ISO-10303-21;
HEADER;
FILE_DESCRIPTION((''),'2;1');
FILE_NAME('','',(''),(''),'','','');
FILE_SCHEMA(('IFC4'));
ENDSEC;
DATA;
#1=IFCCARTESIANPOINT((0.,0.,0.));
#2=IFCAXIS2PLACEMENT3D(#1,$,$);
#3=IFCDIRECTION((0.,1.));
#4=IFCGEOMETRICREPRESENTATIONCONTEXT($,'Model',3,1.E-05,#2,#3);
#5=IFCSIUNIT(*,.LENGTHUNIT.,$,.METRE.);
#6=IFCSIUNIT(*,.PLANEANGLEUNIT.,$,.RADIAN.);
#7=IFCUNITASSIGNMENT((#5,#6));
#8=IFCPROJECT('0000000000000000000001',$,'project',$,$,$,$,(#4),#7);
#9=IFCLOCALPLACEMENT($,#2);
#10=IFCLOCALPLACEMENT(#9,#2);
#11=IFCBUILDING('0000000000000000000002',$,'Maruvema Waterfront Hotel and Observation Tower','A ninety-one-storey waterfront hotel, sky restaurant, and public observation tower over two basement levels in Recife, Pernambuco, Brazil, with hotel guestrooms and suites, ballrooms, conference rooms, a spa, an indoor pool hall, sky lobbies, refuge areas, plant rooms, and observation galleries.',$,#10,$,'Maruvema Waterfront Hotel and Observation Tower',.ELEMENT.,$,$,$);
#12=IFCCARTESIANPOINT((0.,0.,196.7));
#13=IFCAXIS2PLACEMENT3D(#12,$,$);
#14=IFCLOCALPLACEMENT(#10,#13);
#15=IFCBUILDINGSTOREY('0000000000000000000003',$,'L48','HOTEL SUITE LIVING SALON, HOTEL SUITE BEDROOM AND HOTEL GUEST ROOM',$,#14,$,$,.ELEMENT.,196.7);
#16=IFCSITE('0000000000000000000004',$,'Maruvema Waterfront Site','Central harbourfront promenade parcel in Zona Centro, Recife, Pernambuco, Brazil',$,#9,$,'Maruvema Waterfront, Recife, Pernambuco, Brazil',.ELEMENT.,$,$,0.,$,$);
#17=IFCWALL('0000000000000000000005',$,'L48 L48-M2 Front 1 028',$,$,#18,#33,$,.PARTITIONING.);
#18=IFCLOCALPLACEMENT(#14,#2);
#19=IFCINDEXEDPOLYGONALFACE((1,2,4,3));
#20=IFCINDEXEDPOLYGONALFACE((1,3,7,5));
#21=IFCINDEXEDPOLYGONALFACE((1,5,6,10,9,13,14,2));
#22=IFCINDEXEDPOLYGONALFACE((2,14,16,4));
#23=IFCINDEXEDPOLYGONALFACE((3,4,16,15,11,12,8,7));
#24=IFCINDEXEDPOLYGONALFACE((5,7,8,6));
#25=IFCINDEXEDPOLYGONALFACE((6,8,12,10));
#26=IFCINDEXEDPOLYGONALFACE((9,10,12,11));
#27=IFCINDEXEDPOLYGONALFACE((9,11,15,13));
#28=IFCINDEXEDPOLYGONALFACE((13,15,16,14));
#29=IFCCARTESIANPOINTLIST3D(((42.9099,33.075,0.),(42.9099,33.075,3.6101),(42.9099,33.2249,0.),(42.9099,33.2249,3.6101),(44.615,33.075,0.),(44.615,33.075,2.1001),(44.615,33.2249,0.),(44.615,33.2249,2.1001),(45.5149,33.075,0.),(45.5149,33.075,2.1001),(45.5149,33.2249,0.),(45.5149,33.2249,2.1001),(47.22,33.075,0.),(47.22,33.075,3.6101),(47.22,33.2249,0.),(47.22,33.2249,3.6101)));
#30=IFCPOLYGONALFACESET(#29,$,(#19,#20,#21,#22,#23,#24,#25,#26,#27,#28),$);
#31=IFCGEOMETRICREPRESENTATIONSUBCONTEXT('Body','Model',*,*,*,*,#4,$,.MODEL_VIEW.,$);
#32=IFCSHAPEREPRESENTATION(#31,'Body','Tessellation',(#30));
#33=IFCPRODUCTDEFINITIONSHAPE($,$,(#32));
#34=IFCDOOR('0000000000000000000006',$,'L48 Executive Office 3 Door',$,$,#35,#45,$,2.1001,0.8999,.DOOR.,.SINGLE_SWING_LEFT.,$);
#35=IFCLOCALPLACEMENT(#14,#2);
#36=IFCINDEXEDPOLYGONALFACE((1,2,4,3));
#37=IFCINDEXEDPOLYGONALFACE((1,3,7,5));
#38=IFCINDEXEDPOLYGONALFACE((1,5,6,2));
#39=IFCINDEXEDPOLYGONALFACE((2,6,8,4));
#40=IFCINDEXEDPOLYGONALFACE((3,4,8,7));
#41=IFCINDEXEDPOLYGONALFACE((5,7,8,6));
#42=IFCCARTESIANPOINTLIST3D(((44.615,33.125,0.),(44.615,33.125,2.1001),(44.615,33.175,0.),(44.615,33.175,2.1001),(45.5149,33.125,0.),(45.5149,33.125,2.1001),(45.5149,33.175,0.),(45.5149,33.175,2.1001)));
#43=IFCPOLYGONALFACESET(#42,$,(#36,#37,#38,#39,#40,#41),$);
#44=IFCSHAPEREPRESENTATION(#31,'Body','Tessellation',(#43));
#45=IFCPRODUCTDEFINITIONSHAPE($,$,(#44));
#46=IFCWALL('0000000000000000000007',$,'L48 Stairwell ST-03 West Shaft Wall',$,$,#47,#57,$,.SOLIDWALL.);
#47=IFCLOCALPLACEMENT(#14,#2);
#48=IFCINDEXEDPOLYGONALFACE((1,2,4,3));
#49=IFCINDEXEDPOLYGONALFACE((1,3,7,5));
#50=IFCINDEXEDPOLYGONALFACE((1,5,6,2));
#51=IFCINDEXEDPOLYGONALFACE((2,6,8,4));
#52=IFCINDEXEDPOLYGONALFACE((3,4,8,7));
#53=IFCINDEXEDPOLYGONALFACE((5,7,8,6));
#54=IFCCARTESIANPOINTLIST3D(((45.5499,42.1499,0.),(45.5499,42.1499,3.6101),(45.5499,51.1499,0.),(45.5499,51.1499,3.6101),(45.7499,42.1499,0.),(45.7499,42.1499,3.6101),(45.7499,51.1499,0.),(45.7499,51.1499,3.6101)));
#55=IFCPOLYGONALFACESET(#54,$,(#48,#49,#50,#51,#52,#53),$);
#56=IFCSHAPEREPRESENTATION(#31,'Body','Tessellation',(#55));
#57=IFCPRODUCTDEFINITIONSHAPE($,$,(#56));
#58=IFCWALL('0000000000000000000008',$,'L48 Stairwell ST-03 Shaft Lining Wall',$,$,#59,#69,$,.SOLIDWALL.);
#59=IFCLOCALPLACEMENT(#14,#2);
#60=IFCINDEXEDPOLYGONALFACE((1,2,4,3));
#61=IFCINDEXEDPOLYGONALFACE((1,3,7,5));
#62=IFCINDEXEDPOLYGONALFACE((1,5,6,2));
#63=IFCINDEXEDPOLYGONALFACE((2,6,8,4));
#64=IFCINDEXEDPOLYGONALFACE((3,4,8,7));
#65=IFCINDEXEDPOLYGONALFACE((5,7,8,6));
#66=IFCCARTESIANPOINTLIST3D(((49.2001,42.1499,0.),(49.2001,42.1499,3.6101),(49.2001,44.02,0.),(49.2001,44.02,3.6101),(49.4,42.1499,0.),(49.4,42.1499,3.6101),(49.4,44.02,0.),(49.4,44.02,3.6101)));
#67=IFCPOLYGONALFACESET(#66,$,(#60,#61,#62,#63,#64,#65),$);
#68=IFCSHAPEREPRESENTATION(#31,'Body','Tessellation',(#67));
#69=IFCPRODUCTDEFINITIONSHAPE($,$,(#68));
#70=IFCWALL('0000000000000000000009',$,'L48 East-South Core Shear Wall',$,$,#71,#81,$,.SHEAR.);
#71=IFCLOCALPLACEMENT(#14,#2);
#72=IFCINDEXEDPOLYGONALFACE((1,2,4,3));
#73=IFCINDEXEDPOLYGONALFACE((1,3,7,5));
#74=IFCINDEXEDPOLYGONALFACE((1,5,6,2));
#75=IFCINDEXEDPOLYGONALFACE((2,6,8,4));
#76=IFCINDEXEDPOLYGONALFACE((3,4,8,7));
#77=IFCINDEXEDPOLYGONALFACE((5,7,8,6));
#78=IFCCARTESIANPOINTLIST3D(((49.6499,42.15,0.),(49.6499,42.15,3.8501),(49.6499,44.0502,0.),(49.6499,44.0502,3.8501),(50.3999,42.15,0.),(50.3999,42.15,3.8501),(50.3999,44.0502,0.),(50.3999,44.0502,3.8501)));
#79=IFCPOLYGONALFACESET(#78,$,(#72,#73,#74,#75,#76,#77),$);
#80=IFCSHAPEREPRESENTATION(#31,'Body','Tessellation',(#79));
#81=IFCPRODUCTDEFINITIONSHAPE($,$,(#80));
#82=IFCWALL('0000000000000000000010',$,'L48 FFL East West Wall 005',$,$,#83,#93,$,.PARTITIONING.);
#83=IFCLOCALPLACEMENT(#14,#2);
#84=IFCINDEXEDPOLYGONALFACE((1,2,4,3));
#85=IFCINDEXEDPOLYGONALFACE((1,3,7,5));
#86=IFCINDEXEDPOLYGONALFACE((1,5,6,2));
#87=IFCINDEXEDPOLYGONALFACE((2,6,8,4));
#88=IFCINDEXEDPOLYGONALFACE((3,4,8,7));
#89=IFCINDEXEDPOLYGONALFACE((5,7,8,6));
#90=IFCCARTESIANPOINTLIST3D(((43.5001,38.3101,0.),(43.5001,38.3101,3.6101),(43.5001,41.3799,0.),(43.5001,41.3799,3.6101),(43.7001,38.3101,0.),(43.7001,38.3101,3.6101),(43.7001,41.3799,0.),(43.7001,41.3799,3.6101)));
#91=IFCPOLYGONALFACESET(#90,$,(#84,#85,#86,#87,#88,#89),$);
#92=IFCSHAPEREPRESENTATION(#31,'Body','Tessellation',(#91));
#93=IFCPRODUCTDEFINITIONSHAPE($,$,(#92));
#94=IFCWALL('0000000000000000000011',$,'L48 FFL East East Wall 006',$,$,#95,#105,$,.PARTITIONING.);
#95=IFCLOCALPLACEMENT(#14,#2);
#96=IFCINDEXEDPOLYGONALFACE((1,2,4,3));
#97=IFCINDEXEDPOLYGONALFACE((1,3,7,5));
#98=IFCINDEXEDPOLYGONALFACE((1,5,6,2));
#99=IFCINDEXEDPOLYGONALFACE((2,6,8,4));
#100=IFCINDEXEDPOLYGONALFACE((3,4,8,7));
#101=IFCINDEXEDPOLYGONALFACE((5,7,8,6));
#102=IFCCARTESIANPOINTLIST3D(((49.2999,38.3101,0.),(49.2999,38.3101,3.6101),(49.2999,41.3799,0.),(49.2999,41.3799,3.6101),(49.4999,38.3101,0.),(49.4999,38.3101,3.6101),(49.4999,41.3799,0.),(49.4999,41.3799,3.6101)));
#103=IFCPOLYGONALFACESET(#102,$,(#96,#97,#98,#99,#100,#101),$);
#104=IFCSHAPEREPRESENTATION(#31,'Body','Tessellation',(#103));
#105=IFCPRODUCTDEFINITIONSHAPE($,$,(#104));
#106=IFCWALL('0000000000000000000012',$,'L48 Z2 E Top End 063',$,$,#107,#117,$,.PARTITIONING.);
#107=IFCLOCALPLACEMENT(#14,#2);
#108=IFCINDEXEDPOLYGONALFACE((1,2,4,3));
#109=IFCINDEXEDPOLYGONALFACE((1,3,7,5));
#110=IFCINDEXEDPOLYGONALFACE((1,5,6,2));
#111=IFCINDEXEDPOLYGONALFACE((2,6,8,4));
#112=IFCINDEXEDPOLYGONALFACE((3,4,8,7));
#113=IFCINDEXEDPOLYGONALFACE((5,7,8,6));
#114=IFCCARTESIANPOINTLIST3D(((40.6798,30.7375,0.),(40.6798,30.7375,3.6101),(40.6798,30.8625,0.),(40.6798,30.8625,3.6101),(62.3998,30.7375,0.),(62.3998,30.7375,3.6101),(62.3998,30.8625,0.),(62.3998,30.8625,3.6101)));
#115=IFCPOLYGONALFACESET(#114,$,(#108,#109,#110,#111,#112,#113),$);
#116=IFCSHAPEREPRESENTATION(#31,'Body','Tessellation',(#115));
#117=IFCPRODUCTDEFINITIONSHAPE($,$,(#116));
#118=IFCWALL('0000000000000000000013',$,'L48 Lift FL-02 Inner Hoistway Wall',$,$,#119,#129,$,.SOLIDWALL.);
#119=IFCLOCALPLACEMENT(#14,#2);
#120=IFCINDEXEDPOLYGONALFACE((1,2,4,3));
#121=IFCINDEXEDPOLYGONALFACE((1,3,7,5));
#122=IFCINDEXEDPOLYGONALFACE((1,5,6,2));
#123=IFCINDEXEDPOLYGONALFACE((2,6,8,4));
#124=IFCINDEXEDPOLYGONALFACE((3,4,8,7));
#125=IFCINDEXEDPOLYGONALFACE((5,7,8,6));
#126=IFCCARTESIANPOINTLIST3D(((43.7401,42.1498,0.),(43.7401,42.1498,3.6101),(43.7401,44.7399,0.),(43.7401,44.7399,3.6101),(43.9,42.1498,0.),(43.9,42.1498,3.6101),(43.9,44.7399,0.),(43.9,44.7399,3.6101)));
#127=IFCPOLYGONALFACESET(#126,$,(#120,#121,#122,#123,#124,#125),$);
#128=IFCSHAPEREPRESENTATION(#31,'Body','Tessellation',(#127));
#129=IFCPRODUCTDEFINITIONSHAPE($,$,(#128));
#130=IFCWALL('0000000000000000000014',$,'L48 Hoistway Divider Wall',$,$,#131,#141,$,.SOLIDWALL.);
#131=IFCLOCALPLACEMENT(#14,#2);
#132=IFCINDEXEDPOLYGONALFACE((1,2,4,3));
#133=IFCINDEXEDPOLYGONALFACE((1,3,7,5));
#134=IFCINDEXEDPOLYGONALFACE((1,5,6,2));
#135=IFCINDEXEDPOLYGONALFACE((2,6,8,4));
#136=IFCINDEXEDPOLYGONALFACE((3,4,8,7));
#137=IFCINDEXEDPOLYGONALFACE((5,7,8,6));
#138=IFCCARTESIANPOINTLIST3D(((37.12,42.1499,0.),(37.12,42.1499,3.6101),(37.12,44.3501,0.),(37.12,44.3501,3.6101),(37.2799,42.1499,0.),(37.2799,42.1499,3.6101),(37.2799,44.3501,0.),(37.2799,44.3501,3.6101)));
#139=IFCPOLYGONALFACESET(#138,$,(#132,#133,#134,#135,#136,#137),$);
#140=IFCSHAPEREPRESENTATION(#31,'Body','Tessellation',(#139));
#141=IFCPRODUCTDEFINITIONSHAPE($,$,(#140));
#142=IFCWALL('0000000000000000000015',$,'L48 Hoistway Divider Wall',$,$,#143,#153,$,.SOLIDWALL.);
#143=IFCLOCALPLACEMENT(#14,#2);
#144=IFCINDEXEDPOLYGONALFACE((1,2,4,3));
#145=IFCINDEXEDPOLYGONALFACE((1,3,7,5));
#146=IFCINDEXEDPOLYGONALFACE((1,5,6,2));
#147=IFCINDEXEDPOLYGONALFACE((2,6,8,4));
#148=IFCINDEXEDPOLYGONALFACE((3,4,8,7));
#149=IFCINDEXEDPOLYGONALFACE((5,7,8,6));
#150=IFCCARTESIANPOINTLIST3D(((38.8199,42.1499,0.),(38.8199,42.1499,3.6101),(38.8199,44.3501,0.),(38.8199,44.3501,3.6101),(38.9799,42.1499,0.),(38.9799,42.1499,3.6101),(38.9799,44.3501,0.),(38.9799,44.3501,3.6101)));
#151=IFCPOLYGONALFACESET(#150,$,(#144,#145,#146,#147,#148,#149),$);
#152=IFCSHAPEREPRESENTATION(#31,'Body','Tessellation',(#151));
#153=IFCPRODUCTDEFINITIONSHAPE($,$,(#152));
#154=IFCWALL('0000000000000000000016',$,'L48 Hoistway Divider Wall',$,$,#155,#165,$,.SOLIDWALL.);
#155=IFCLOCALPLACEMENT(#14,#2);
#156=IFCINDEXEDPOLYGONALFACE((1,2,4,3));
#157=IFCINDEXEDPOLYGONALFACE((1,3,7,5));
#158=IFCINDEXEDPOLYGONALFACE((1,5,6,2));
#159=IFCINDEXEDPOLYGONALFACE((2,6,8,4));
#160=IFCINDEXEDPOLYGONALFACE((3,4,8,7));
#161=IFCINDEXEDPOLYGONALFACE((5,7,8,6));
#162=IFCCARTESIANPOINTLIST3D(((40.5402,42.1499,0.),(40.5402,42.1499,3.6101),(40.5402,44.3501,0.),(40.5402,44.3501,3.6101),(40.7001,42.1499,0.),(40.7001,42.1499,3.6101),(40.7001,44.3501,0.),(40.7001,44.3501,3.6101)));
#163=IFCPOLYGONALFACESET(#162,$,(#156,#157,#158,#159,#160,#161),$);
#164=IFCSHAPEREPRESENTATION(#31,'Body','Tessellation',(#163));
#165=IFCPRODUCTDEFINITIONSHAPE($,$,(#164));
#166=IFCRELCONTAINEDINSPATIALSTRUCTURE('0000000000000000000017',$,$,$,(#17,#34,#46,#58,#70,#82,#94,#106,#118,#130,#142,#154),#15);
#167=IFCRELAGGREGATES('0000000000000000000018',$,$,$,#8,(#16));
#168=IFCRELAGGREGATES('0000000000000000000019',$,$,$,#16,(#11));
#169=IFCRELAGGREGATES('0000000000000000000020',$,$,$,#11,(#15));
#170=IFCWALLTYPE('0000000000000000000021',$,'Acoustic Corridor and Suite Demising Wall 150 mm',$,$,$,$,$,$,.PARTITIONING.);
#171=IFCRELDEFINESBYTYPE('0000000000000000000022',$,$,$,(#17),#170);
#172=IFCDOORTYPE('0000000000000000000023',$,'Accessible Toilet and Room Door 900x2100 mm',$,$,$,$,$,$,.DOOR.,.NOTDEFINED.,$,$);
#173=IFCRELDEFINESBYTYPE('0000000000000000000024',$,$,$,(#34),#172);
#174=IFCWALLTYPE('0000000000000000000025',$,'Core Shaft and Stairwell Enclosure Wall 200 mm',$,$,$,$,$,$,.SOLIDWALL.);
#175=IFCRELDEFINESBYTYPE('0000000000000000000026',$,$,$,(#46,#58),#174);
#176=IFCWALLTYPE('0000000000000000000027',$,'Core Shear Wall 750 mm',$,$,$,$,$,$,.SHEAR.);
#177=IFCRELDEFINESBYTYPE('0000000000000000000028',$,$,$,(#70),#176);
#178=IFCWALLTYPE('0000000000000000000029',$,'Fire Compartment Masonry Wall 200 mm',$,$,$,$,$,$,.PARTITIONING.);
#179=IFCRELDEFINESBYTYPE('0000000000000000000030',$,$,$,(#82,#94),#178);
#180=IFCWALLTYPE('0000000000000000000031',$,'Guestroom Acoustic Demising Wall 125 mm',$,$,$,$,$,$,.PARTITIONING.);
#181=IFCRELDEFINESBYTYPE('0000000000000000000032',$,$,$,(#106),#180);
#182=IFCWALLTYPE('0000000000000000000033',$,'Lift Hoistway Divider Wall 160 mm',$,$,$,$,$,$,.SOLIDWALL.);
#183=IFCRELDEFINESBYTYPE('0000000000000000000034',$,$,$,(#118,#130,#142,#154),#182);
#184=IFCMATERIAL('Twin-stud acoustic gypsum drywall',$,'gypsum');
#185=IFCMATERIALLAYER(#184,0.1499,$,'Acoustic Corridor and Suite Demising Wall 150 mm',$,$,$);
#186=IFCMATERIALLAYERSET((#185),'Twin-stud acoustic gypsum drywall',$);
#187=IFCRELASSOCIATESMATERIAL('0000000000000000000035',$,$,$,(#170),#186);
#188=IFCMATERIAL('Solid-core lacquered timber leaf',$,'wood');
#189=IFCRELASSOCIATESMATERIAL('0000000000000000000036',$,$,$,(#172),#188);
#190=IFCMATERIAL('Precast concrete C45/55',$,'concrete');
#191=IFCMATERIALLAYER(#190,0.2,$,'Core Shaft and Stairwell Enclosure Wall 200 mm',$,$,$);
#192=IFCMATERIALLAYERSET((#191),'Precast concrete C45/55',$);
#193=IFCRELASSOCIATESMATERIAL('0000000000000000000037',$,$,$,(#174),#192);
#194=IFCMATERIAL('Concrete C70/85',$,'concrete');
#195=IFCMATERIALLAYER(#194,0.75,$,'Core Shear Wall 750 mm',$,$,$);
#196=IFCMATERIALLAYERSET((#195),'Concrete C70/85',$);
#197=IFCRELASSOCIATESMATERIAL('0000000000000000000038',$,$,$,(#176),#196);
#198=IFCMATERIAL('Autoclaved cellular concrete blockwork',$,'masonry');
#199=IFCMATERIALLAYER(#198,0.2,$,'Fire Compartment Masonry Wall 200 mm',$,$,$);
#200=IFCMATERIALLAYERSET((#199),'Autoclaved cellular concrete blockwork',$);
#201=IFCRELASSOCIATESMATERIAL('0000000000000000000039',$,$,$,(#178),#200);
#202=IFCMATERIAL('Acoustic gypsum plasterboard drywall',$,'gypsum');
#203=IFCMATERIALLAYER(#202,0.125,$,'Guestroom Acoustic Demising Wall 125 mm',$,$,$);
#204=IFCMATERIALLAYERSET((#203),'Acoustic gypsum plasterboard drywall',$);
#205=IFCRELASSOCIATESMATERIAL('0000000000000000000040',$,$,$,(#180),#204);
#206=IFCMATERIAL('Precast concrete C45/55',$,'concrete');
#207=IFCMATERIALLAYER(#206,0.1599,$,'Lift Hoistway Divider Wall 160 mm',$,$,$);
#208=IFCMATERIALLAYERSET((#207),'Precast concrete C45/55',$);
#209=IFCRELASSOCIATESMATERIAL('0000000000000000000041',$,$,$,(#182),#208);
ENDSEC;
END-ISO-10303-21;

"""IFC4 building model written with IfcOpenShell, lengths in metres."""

from ifc_helpers import new_model, si_unit, direction, frame, frame_2d, origin, place, context, subcontext, project, spatial, rectangle, extrude, material, layer, layer_set, type_object, element, fill, save


model = new_model("IFC4")

# Units and contexts
model_context = context("Model", 3, precision=1e-05, world=origin(), true_north=direction((0.0, 1.0)))
body_context = subcontext(model_context, "Body", "Model", "MODEL_VIEW")
ifc_project = project(units=[si_unit("LENGTHUNIT", "METRE"), si_unit("PLANEANGLEUNIT", "RADIAN")], contexts=[model_context])

# Site, building, storey
site_placement = place(None, origin())
site = spatial("IfcSite", under=ifc_project, at=site_placement, Name="Maruvema Waterfront Site", Description="Central harbourfront promenade parcel in Zona Centro, Recife, Pernambuco, Brazil", LongName="Maruvema Waterfront, Recife, Pernambuco, Brazil", CompositionType="ELEMENT", RefElevation=0.0)
building_placement = place(site_placement, origin())
building = spatial("IfcBuilding", under=site, at=building_placement, Name="Maruvema Waterfront Hotel and Observation Tower", Description="A ninety-one-storey waterfront hotel, sky restaurant, and public observation tower over two basement levels in Recife, Pernambuco, Brazil, with hotel guestrooms and suites, ballrooms, conference rooms, a spa, an indoor pool hall, sky lobbies, refuge areas, plant rooms, and observation galleries.", LongName="Maruvema Waterfront Hotel and Observation Tower", CompositionType="ELEMENT")
storey_placement = place(building_placement, frame((0.0, 0.0, 196.7)))
storey = spatial("IfcBuildingStorey", under=building, at=storey_placement, Name="L48", Description="HOTEL SUITE LIVING SALON, HOTEL SUITE BEDROOM AND HOTEL GUEST ROOM", CompositionType="ELEMENT", Elevation=196.7)

# Shared definitions
ifc_material_1 = material(Name="Twin-stud acoustic gypsum drywall", Category="gypsum")
ifc_layer_1 = layer(ifc_material_1, 0.1499, Name="Acoustic Corridor and Suite Demising Wall 150 mm")
ifc_layer_set_1 = layer_set([ifc_layer_1], Name="Twin-stud acoustic gypsum drywall")
wall_type_1 = type_object("IfcWallType", Name="Acoustic Corridor and Suite Demising Wall 150 mm", PredefinedType="PARTITIONING", material=ifc_layer_set_1)

# Wall, opening, door
wall_1_placement = place(storey_placement, frame((42.9099, 33.1499, 0.0), z_axis=(0.0, 0.0, 1.0), x_axis=(1.0, 0.0, 0.0)))
wall_1 = element("IfcWall", 1, at=wall_1_placement, inside=storey, type_object=wall_type_1, Name="L48 L48-M2 Front 1 028", PredefinedType="PARTITIONING", context=body_context, shape_type="SweptSolid", body=[
    extrude(rectangle(XDim=4.3101, YDim=0.1499, at=frame_2d((2.155, 0.0))), origin(), (0.0, 0.0, 1.0), 3.6101),
])
opening_1_placement = place(wall_1_placement, frame((1.7051, 0.0, 0.0)))
opening_1 = element("IfcOpeningElement", 2, at=opening_1_placement, cuts=wall_1, PredefinedType="OPENING", context=body_context, shape_type="SweptSolid", body=[
    extrude(rectangle(XDim=0.8999, YDim=2.1001, at=frame_2d((0.45, 1.05))), frame((0.0, 0.085, 0.0), z_axis=(0.0, -1.0, 0.0), x_axis=(1.0, 0.0, 0.0)), (0.0, 0.0, 1.0), 0.1699),
])
ifc_material_2 = material(Name="Solid-core lacquered timber leaf", Category="wood")
door_type_1 = type_object("IfcDoorType", Name="Accessible Toilet and Room Door 900x2100 mm", OperationType="NOTDEFINED", PredefinedType="DOOR", material=ifc_material_2)
door_1_placement = place(opening_1_placement, frame((0.8999, 0.0, 0.0), z_axis=(0.0, 0.0, 1.0), x_axis=(-1.0, 0.0, 0.0)))
door_1 = element("IfcDoor", 3, at=door_1_placement, inside=storey, type_object=door_type_1, Name="L48 Executive Office 3 Door", OperationType="SINGLE_SWING_LEFT", OverallHeight=2.1001, OverallWidth=0.8999, PredefinedType="DOOR", context=body_context, shape_type="SweptSolid", body=[
    extrude(rectangle(XDim=0.8999, YDim=2.1001, at=frame_2d((0.45, 1.05))), frame((0.0, 0.0249, 0.0), z_axis=(0.0, -1.0, 0.0), x_axis=(1.0, 0.0, 0.0)), (0.0, 0.0, 1.0), 0.05),
])
fill(opening_1, door_1)

# Walls
ifc_material_3 = material(Name="Precast concrete C45/55", Category="concrete")
ifc_layer_2 = layer(ifc_material_3, 0.2, Name="Core Shaft and Stairwell Enclosure Wall 200 mm")
ifc_layer_set_2 = layer_set([ifc_layer_2], Name="Precast concrete C45/55")
wall_type_2 = type_object("IfcWallType", Name="Core Shaft and Stairwell Enclosure Wall 200 mm", PredefinedType="SOLIDWALL", material=ifc_layer_set_2)
wall_2_placement = place(storey_placement, frame((45.6499, 42.1499, 0.0), z_axis=(0.0, 0.0, 1.0), x_axis=(0.0, 1.0, 0.0)))
element("IfcWall", 4, at=wall_2_placement, inside=storey, type_object=wall_type_2, Name="L48 Stairwell ST-03 West Shaft Wall", PredefinedType="SOLIDWALL", context=body_context, shape_type="SweptSolid", body=[
    extrude(rectangle(XDim=9.0, YDim=0.2, at=frame_2d((4.5, 0.0))), origin(), (0.0, 0.0, 1.0), 3.6101),
])
wall_3_placement = place(storey_placement, frame((49.3, 42.1499, 0.0), z_axis=(0.0, 0.0, 1.0), x_axis=(0.0, 1.0, 0.0)))
element("IfcWall", 5, at=wall_3_placement, inside=storey, type_object=wall_type_2, Name="L48 Stairwell ST-03 Shaft Lining Wall", PredefinedType="SOLIDWALL", context=body_context, shape_type="SweptSolid", body=[
    extrude(rectangle(XDim=1.8701, YDim=0.2, at=frame_2d((0.9351, 0.0))), origin(), (0.0, 0.0, 1.0), 3.6101),
])

# Shared definitions
ifc_material_4 = material(Name="Concrete C70/85", Category="concrete")
ifc_layer_3 = layer(ifc_material_4, 0.75, Name="Core Shear Wall 750 mm")
ifc_layer_set_3 = layer_set([ifc_layer_3], Name="Concrete C70/85")
wall_type_3 = type_object("IfcWallType", Name="Core Shear Wall 750 mm", PredefinedType="SHEAR", material=ifc_layer_set_3)

# Wall
wall_4_placement = place(storey_placement, frame((50.0249, 42.1499, 0.0), z_axis=(0.0, 0.0, 1.0), x_axis=(0.0, 1.0, 0.0)))
element("IfcWall", 6, at=wall_4_placement, inside=storey, type_object=wall_type_3, Name="L48 East-South Core Shear Wall", PredefinedType="SHEAR", context=body_context, shape_type="SweptSolid", body=[
    extrude(rectangle(XDim=1.9001, YDim=0.75, at=frame_2d((0.9502, 0.0))), origin(), (0.0, 0.0, 1.0), 3.8501),
])

# Shared definitions
ifc_material_5 = material(Name="Autoclaved cellular concrete blockwork", Category="masonry")
ifc_layer_4 = layer(ifc_material_5, 0.2, Name="Fire Compartment Masonry Wall 200 mm")
ifc_layer_set_4 = layer_set([ifc_layer_4], Name="Autoclaved cellular concrete blockwork")
wall_type_4 = type_object("IfcWallType", Name="Fire Compartment Masonry Wall 200 mm", PredefinedType="PARTITIONING", material=ifc_layer_set_4)

# Walls
for number, where, z_axis, x_axis, name in (
    (7, (43.6001, 38.3101, 0.0), (0.0, 0.0, 1.0), (0.0, 1.0, 0.0), "L48 FFL East West Wall 005"),
    (8, (49.3999, 38.3101, 0.0), (0.0, 0.0, 1.0), (0.0, 1.0, 0.0), "L48 FFL East East Wall 006"),
):
    element("IfcWall", number, at=place(storey_placement, frame(where, z_axis=z_axis, x_axis=x_axis)), inside=storey, type_object=wall_type_4, Name=name, PredefinedType="PARTITIONING", context=body_context, shape_type="SweptSolid", body=[
        extrude(rectangle(XDim=3.0698, YDim=0.2, at=frame_2d((1.5349, 0.0))), origin(), (0.0, 0.0, 1.0), 3.6101),
    ])
ifc_material_6 = material(Name="Acoustic gypsum plasterboard drywall", Category="gypsum")
ifc_layer_5 = layer(ifc_material_6, 0.125, Name="Guestroom Acoustic Demising Wall 125 mm")
ifc_layer_set_5 = layer_set([ifc_layer_5], Name="Acoustic gypsum plasterboard drywall")
wall_type_5 = type_object("IfcWallType", Name="Guestroom Acoustic Demising Wall 125 mm", PredefinedType="PARTITIONING", material=ifc_layer_set_5)
wall_5_placement = place(storey_placement, frame((40.6799, 30.8, 0.0), z_axis=(0.0, 0.0, 1.0), x_axis=(1.0, 0.0, 0.0)))
element("IfcWall", 9, at=wall_5_placement, inside=storey, type_object=wall_type_5, Name="L48 Z2 E Top End 063", PredefinedType="PARTITIONING", context=body_context, shape_type="SweptSolid", body=[
    extrude(rectangle(XDim=21.72, YDim=0.125, at=frame_2d((10.8599, 0.0))), origin(), (0.0, 0.0, 1.0), 3.6101),
])
ifc_material_7 = material(Name="Precast concrete C45/55", Category="concrete")
ifc_layer_6 = layer(ifc_material_7, 0.1599, Name="Lift Hoistway Divider Wall 160 mm")
ifc_layer_set_6 = layer_set([ifc_layer_6], Name="Precast concrete C45/55")
wall_type_6 = type_object("IfcWallType", Name="Lift Hoistway Divider Wall 160 mm", PredefinedType="SOLIDWALL", material=ifc_layer_set_6)
wall_6_placement = place(storey_placement, frame((43.8201, 42.1499, 0.0), z_axis=(0.0, 0.0, 1.0), x_axis=(0.0, 1.0, 0.0)))
element("IfcWall", 10, at=wall_6_placement, inside=storey, type_object=wall_type_6, Name="L48 Lift FL-02 Inner Hoistway Wall", PredefinedType="SOLIDWALL", context=body_context, shape_type="SweptSolid", body=[
    extrude(rectangle(XDim=2.5901, YDim=0.1599, at=frame_2d((1.2949, 0.0))), origin(), (0.0, 0.0, 1.0), 3.6101),
])
for number, where, z_axis, x_axis, name in (
    (11, (37.2, 42.1499, 0.0), (0.0, 0.0, 1.0), (0.0, 1.0, 0.0), "L48 Hoistway Divider Wall"),
    (12, (38.8999, 42.1499, 0.0), (0.0, 0.0, 1.0), (0.0, 1.0, 0.0), "L48 Hoistway Divider Wall"),
    (13, (40.6201, 42.1499, 0.0), (0.0, 0.0, 1.0), (0.0, 1.0, 0.0), "L48 Hoistway Divider Wall"),
):
    element("IfcWall", number, at=place(storey_placement, frame(where, z_axis=z_axis, x_axis=x_axis)), inside=storey, type_object=wall_type_6, Name=name, PredefinedType="SOLIDWALL", context=body_context, shape_type="SweptSolid", body=[
        extrude(rectangle(XDim=2.2002, YDim=0.1599, at=frame_2d((1.1001, 0.0))), origin(), (0.0, 0.0, 1.0), 3.6101),
    ])

save(model, "model.ifc")
